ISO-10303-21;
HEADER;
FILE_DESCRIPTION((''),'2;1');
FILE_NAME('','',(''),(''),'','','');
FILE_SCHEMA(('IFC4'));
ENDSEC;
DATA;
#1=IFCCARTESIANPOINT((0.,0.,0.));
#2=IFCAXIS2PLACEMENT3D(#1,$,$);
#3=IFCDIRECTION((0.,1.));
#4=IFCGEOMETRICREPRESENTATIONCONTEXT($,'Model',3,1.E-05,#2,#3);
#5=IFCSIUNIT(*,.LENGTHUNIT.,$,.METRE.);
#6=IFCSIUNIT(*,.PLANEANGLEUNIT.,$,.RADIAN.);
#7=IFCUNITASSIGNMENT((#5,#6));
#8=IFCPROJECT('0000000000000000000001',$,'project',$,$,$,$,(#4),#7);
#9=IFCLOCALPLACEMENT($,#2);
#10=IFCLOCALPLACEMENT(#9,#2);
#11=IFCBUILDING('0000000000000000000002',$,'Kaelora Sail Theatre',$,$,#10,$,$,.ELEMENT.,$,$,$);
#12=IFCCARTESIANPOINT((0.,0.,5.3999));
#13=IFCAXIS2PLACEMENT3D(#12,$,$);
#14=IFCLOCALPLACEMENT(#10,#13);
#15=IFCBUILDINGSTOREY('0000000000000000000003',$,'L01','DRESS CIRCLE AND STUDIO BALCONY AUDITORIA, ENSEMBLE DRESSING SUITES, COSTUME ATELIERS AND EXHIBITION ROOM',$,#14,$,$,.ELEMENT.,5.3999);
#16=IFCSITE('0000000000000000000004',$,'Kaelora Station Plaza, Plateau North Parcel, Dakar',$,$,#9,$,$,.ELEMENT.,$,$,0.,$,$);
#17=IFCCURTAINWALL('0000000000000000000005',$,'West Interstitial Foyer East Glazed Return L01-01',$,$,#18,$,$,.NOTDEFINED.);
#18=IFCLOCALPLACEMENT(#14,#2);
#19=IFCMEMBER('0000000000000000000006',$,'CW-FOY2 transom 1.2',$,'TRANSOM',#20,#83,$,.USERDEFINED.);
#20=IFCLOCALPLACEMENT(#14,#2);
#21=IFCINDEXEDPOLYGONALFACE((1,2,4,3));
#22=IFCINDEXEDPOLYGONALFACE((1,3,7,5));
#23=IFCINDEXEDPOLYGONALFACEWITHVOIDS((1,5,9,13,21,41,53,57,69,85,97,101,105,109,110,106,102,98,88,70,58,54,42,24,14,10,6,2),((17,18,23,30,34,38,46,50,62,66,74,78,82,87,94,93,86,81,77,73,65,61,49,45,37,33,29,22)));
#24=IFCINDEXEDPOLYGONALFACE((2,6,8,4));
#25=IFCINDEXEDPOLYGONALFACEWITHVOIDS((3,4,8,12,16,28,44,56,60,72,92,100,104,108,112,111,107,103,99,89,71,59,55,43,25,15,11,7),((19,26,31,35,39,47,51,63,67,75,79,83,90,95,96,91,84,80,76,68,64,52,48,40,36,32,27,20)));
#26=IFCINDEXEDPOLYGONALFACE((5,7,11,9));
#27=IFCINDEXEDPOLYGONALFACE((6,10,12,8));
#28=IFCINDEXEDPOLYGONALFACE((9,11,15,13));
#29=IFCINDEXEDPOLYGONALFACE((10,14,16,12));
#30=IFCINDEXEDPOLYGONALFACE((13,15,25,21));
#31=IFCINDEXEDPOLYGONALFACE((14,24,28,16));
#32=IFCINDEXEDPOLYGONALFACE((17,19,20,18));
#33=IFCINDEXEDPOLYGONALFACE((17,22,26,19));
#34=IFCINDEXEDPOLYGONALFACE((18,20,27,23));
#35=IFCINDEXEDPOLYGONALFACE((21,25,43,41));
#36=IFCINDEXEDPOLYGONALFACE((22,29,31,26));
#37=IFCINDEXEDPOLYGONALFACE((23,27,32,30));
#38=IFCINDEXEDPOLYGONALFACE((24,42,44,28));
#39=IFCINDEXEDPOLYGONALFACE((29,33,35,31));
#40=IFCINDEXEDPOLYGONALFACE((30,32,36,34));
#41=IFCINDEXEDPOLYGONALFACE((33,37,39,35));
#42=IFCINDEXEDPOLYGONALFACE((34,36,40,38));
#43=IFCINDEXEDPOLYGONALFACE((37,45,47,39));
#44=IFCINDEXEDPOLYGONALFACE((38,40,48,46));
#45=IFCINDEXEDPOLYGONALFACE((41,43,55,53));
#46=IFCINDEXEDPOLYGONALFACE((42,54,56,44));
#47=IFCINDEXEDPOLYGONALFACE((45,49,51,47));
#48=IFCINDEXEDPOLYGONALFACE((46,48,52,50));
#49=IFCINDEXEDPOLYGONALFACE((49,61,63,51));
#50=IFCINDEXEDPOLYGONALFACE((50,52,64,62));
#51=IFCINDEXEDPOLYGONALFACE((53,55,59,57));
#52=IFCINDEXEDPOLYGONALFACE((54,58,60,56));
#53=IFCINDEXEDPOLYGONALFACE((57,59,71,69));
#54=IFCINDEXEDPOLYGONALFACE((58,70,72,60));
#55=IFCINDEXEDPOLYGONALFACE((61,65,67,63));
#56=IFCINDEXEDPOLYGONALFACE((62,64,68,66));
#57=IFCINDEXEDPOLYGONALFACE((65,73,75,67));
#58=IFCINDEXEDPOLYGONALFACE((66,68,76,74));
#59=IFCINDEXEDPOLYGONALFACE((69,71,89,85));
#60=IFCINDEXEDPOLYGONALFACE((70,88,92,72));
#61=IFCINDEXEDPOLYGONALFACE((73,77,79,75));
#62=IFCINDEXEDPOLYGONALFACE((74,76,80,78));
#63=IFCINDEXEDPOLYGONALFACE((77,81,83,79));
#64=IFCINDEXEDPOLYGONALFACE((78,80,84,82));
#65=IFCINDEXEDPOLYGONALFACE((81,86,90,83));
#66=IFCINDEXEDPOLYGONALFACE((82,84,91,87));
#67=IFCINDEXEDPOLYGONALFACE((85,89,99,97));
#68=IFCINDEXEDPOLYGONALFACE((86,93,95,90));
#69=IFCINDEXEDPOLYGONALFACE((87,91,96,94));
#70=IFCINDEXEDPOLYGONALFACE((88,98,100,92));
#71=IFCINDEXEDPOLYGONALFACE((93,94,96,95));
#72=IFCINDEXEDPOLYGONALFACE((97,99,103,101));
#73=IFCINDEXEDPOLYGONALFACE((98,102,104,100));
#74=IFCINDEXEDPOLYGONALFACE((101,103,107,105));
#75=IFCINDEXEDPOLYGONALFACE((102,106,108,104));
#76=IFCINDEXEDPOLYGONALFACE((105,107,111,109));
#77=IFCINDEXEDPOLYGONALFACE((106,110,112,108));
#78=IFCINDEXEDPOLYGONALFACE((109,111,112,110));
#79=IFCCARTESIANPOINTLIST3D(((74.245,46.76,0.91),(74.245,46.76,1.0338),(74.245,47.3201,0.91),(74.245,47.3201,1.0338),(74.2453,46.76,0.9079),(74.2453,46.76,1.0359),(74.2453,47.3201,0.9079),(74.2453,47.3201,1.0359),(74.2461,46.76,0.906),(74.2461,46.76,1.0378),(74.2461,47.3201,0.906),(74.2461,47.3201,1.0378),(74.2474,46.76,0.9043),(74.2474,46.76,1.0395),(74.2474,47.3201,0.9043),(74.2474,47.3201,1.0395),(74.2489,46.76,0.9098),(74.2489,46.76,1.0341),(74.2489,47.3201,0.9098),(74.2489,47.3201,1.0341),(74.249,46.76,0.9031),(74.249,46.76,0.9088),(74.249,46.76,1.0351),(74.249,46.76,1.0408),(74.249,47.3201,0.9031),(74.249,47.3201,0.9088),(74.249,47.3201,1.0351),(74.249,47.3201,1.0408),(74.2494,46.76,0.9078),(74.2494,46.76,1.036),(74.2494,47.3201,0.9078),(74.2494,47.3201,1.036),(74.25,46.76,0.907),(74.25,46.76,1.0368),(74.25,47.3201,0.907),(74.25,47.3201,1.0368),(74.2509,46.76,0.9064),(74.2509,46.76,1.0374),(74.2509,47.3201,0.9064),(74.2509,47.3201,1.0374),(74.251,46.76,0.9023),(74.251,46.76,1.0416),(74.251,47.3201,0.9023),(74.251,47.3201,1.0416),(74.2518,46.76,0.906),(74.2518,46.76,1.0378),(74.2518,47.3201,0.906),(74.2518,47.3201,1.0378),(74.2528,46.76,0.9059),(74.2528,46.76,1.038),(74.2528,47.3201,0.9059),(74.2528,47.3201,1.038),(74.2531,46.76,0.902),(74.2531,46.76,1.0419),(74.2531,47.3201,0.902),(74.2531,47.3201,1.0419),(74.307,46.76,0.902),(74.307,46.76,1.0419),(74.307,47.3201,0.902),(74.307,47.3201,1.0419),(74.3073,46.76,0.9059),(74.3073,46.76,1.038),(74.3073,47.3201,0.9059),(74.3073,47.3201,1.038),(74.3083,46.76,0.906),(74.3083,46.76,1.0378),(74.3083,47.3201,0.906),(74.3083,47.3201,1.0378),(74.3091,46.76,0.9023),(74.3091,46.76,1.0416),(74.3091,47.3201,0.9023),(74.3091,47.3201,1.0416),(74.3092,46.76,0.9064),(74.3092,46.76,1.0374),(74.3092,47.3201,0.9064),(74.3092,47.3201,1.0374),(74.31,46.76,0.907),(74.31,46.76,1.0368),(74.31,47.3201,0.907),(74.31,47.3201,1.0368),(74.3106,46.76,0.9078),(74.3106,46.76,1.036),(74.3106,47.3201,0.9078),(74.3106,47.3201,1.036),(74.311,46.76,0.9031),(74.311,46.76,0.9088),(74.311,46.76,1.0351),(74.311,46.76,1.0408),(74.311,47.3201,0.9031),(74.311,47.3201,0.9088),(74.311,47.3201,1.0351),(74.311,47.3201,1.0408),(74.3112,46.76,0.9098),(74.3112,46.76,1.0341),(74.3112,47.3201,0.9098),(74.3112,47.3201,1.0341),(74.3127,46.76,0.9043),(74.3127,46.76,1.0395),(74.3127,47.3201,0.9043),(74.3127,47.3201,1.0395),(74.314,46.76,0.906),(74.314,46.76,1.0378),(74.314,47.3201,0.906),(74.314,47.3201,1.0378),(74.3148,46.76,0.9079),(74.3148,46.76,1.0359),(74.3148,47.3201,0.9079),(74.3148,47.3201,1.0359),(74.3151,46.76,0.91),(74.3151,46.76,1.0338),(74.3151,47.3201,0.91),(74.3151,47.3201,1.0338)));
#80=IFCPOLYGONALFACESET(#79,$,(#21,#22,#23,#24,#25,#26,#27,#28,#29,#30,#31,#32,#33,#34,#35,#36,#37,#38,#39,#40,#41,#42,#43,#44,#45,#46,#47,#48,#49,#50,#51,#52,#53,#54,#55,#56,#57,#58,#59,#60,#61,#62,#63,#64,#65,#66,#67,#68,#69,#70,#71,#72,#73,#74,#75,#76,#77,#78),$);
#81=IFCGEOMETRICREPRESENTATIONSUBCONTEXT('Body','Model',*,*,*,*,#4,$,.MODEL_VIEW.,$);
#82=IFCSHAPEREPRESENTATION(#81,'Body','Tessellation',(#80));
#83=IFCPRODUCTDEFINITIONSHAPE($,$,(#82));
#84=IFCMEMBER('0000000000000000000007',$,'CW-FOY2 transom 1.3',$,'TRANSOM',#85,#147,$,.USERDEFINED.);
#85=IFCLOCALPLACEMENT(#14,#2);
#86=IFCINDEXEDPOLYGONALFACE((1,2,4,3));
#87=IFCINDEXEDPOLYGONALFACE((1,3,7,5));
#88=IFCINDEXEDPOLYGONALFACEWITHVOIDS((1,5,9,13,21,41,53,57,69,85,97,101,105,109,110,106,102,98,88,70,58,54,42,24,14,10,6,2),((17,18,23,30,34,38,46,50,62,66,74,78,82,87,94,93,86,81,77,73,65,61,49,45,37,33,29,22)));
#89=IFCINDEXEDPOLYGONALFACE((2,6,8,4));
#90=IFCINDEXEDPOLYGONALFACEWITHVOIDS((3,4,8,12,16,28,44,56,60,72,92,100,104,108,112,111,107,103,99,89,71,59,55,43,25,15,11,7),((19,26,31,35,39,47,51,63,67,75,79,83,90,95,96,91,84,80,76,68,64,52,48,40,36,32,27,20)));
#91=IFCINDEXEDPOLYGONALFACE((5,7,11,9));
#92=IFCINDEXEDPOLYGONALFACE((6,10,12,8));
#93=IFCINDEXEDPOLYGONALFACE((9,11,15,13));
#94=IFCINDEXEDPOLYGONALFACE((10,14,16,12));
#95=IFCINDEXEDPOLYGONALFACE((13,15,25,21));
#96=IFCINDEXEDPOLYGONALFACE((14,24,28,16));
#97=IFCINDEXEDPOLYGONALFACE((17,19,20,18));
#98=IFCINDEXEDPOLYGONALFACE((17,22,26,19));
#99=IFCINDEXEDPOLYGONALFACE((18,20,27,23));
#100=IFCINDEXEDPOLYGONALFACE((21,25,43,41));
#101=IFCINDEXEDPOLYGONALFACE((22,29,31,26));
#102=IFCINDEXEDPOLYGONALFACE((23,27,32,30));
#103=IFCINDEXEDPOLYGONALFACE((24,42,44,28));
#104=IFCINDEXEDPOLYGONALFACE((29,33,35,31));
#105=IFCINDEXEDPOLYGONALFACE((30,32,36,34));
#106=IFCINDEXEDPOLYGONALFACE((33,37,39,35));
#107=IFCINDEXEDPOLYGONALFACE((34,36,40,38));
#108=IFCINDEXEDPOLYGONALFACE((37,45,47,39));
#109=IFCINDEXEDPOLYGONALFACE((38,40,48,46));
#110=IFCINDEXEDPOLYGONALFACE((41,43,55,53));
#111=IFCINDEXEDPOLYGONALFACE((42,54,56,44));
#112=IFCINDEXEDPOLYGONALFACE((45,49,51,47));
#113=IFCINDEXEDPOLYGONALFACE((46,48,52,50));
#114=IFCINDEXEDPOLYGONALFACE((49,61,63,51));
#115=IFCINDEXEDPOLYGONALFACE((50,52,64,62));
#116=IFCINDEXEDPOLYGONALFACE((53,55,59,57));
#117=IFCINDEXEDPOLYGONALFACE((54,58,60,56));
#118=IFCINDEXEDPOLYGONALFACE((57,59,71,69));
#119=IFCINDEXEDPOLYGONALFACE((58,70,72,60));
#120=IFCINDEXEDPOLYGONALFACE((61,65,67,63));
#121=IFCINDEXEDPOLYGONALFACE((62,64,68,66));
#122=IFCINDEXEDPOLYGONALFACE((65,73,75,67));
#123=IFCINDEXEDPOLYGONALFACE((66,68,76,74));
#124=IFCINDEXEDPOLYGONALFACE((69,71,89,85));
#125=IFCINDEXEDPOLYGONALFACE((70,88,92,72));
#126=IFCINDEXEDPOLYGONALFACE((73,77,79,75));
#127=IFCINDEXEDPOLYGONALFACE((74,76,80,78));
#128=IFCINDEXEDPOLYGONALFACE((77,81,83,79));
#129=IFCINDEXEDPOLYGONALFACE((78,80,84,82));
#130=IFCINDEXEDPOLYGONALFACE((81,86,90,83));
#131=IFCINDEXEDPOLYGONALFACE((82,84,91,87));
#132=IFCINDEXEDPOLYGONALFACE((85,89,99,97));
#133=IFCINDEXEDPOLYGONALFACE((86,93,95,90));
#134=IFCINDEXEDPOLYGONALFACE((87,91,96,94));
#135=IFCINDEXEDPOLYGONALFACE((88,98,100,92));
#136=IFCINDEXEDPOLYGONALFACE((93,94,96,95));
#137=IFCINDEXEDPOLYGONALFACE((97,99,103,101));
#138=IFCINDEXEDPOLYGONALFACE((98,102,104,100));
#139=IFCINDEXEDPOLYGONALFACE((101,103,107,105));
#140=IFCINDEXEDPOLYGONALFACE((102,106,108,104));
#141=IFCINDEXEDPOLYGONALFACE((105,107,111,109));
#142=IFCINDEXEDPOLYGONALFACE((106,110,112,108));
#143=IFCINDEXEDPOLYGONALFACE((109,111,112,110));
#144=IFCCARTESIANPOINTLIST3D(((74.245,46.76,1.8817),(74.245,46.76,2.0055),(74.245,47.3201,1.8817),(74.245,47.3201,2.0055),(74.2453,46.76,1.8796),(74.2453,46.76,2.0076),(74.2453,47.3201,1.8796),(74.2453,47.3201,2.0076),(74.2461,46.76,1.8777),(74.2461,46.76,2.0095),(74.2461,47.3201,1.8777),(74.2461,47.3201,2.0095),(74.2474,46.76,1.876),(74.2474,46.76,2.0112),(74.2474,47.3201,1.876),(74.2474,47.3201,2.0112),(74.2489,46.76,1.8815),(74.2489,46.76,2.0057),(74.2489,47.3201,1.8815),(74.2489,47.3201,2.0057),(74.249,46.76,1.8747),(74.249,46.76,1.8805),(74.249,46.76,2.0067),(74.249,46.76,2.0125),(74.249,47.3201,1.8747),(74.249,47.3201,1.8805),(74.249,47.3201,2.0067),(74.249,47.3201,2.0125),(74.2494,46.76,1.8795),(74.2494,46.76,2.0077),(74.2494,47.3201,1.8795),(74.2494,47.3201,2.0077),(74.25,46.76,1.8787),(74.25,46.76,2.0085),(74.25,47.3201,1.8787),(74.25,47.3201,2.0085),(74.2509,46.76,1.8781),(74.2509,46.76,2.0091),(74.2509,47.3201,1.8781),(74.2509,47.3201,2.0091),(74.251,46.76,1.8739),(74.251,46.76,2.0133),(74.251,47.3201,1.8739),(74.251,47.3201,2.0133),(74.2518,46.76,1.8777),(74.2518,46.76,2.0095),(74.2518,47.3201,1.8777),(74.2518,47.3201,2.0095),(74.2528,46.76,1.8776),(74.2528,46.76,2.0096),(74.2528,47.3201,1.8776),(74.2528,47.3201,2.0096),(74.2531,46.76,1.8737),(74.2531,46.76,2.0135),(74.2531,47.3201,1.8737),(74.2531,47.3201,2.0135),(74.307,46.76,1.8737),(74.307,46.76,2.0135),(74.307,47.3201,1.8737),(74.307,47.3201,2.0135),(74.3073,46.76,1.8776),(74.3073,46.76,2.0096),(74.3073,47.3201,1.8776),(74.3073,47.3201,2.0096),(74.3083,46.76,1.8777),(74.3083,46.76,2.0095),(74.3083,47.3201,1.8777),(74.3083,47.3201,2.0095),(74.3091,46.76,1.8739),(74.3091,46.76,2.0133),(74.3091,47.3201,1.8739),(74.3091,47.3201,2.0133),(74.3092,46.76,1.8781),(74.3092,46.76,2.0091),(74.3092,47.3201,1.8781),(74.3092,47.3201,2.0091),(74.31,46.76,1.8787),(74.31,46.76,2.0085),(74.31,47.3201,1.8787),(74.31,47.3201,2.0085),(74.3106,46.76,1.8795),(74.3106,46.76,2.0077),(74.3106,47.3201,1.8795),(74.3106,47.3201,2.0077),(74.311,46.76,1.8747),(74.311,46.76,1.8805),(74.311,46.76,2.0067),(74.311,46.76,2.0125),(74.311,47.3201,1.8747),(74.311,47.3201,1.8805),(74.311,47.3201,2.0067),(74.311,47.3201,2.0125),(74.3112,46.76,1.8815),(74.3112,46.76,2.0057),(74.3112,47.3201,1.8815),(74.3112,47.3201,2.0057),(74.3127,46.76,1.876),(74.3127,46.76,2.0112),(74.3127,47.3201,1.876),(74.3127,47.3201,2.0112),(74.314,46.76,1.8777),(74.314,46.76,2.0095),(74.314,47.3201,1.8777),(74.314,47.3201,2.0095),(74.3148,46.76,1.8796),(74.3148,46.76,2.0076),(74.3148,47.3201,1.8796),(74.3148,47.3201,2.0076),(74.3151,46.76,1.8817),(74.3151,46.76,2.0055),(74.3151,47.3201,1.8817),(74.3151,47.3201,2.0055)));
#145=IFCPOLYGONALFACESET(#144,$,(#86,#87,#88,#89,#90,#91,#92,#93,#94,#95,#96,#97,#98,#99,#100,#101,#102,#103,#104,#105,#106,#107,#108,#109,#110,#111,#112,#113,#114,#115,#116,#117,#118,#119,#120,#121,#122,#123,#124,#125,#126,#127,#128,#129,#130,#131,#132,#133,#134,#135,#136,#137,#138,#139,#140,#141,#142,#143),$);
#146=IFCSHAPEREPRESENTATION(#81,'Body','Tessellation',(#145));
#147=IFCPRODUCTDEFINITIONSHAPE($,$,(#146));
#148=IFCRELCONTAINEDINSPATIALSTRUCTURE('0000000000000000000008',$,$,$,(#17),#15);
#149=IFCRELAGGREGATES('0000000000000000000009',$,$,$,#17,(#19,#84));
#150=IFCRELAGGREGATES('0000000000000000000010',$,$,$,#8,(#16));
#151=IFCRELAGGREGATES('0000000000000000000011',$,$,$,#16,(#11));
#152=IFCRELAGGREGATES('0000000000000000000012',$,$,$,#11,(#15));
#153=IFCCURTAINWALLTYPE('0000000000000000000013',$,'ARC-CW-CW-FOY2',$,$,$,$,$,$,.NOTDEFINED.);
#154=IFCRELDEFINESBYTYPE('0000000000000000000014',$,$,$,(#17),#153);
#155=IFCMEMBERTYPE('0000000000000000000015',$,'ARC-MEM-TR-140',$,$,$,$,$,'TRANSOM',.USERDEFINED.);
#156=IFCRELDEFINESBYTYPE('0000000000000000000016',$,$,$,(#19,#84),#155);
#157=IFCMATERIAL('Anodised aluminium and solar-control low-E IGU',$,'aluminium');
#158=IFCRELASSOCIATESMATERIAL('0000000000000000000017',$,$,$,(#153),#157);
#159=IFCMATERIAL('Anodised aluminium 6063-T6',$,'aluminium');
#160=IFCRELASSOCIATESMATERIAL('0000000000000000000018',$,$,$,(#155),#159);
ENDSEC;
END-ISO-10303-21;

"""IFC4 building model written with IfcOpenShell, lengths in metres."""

from ifc_helpers import new_model, si_unit, direction, frame, origin, origin_2d, place, context, subcontext, project, spatial, hollow_rectangle, extrude, material, material_profile, profile_set, type_object, element, aggregate, save


model = new_model("IFC4")

# Units and contexts
model_context = context("Model", 3, precision=1e-05, world=origin(), true_north=direction((0.0, 1.0)))
body_context = subcontext(model_context, "Body", "Model", "MODEL_VIEW")
ifc_project = project(units=[si_unit("LENGTHUNIT", "METRE"), si_unit("PLANEANGLEUNIT", "RADIAN")], contexts=[model_context])

# Site, building, storey
site_placement = place(None, origin())
site = spatial("IfcSite", under=ifc_project, at=site_placement, Name="Kaelora Station Plaza, Plateau North Parcel, Dakar", CompositionType="ELEMENT", RefElevation=0.0)
building_placement = place(site_placement, origin())
building = spatial("IfcBuilding", under=site, at=building_placement, Name="Kaelora Sail Theatre", CompositionType="ELEMENT")
storey_placement = place(building_placement, frame((0.0, 0.0, 5.3999)))
storey = spatial("IfcBuildingStorey", under=building, at=storey_placement, Name="L01", Description="DRESS CIRCLE AND STUDIO BALCONY AUDITORIA, ENSEMBLE DRESSING SUITES, COSTUME ATELIERS AND EXHIBITION ROOM", CompositionType="ELEMENT", Elevation=5.3999)

# Shared definitions
ifc_material_1 = material(Name="Anodised aluminium and solar-control low-E IGU", Category="aluminium")
curtain_wall_type = type_object("IfcCurtainWallType", Name="ARC-CW-CW-FOY2", PredefinedType="NOTDEFINED", material=ifc_material_1)

# Curtain wall, members
curtain_wall_1_placement = place(storey_placement, origin())
curtain_wall_1 = element("IfcCurtainWall", 1, at=curtain_wall_1_placement, inside=storey, type_object=curtain_wall_type, Name="West Interstitial Foyer East Glazed Return L01-01", PredefinedType="NOTDEFINED")
ifc_material_2 = material(Name="Anodised aluminium 6063-T6", Category="aluminium")
ifc_material_profile_1 = material_profile(ifc_material_2, hollow_rectangle(XDim=0.0701, YDim=0.1399, WallThickness=0.0039, InnerFilletRadius=0.0039, OuterFilletRadius=0.0081, at=origin_2d()), Name="ALU-TRAN 70x140x4")
ifc_profile_set_1 = profile_set([ifc_material_profile_1], Name="Anodised aluminium 6063-T6")
member_type_1 = type_object("IfcMemberType", Name="ARC-MEM-TR-140", ElementType="TRANSOM", PredefinedType="USERDEFINED", material=ifc_profile_set_1)
member_1_placement = place(storey_placement, frame((74.28, 46.76, 0.9719), z_axis=(0.0, 1.0, 0.0), x_axis=(-1.0, 0.0, 0.0)))
member_1 = element("IfcMember", 2, at=member_1_placement, type_object=member_type_1, Name="CW-FOY2 transom 1.2", ObjectType="TRANSOM", PredefinedType="USERDEFINED", context=body_context, shape_type="SweptSolid", body=[
    extrude(hollow_rectangle(XDim=0.0701, YDim=0.1399, WallThickness=0.0039, InnerFilletRadius=0.0039, OuterFilletRadius=0.0081, at=origin_2d()), origin(), (0.0, 0.0, 1.0), 0.5601),
])
member_2_placement = place(storey_placement, frame((74.28, 46.76, 1.9436), z_axis=(0.0, 1.0, 0.0), x_axis=(-1.0, 0.0, 0.0)))
member_2 = element("IfcMember", 3, at=member_2_placement, type_object=member_type_1, Name="CW-FOY2 transom 1.3", ObjectType="TRANSOM", PredefinedType="USERDEFINED", context=body_context, shape_type="SweptSolid", body=[
    extrude(hollow_rectangle(XDim=0.0701, YDim=0.1399, WallThickness=0.0039, InnerFilletRadius=0.0039, OuterFilletRadius=0.0081, at=origin_2d()), origin(), (0.0, 0.0, 1.0), 0.5601),
])

aggregate(curtain_wall_1, [member_1, member_2])

save(model, "model.ifc")
